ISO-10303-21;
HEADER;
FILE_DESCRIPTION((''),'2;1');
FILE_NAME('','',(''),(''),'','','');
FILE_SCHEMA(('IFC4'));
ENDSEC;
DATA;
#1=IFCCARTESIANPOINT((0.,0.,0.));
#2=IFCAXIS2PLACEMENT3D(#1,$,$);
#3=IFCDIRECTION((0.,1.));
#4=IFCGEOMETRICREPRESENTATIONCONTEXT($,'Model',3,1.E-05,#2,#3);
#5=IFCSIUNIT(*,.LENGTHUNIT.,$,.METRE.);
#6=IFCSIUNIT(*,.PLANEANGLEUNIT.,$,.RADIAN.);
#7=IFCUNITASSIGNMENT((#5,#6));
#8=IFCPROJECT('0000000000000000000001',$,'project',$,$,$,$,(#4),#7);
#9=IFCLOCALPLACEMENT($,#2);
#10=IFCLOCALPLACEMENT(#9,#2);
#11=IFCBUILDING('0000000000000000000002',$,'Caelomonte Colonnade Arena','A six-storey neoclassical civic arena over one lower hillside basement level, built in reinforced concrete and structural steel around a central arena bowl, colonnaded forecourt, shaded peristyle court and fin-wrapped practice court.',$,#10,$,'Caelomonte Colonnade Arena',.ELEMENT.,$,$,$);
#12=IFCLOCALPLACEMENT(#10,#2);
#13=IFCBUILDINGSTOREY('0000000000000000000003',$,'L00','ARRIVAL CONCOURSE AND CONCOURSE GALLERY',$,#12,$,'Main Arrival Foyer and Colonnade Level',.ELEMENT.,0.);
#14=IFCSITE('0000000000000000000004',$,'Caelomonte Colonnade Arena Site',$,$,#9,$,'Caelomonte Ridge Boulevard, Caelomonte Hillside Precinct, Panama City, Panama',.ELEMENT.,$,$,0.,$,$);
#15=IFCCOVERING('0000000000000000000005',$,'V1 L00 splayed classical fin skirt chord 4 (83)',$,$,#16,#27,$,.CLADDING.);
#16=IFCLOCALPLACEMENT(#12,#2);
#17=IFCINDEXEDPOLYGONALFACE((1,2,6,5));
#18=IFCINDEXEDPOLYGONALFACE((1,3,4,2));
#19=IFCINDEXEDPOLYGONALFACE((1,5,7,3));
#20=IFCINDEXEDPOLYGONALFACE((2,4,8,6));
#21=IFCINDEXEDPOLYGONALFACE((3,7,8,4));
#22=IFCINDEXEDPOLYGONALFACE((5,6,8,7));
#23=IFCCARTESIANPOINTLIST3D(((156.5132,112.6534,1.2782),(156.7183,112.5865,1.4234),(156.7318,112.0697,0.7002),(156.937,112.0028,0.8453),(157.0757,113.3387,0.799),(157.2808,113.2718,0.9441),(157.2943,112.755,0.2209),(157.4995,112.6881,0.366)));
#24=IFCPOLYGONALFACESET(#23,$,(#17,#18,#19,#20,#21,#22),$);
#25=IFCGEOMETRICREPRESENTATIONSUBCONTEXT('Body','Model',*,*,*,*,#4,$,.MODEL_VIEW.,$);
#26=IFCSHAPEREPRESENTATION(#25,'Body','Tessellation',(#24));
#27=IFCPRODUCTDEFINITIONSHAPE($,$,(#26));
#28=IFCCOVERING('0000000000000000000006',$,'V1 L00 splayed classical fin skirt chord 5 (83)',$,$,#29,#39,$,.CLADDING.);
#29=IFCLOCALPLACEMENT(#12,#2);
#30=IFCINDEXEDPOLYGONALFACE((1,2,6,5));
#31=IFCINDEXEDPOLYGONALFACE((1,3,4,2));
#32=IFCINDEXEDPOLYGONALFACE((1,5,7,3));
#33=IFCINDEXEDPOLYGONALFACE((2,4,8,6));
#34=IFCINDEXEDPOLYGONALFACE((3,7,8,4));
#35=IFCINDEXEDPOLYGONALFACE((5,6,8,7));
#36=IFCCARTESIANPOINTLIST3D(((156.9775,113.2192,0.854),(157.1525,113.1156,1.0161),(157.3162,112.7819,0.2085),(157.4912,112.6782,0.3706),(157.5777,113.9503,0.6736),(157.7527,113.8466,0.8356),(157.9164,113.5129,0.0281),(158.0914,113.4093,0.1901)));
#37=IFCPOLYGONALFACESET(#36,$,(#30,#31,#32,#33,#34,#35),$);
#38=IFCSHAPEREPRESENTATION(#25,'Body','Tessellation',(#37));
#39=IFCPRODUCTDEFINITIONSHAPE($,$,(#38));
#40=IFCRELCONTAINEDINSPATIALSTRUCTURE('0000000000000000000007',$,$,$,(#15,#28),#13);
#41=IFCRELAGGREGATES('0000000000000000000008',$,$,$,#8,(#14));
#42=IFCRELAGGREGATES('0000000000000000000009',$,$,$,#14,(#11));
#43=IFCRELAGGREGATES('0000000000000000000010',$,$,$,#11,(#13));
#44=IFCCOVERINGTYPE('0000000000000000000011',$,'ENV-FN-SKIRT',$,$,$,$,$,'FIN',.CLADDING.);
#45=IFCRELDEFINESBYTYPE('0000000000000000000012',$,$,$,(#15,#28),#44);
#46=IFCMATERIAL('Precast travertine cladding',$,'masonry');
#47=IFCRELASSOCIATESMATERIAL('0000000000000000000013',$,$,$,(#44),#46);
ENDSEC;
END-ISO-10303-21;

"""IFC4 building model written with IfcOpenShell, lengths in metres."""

from ifc_helpers import new_model, si_unit, direction, frame, origin, origin_2d, place, context, subcontext, project, spatial, rectangle, extrude, material, material_profile, profile_set, type_object, element, save


model = new_model("IFC4")

# Units and contexts
model_context = context("Model", 3, precision=1e-05, world=origin(), true_north=direction((0.0, 1.0)))
body_context = subcontext(model_context, "Body", "Model", "MODEL_VIEW")
ifc_project = project(units=[si_unit("LENGTHUNIT", "METRE"), si_unit("PLANEANGLEUNIT", "RADIAN")], contexts=[model_context])

# Site, building, storey
site_placement = place(None, origin())
site = spatial("IfcSite", under=ifc_project, at=site_placement, Name="Caelomonte Colonnade Arena Site", LongName="Caelomonte Ridge Boulevard, Caelomonte Hillside Precinct, Panama City, Panama", CompositionType="ELEMENT", RefElevation=0.0)
building_placement = place(site_placement, origin())
building = spatial("IfcBuilding", under=site, at=building_placement, Name="Caelomonte Colonnade Arena", Description="A six-storey neoclassical civic arena over one lower hillside basement level, built in reinforced concrete and structural steel around a central arena bowl, colonnaded forecourt, shaded peristyle court and fin-wrapped practice court.", LongName="Caelomonte Colonnade Arena", CompositionType="ELEMENT")
storey_placement = place(building_placement, origin())
storey = spatial("IfcBuildingStorey", under=building, at=storey_placement, Name="L00", Description="ARRIVAL CONCOURSE AND CONCOURSE GALLERY", LongName="Main Arrival Foyer and Colonnade Level", CompositionType="ELEMENT", Elevation=0.0)

# Coverings
ifc_material_1 = material(Name="Precast travertine cladding", Category="masonry")
ifc_material_profile_1 = material_profile(ifc_material_1, rectangle(XDim=0.26, YDim=0.8501, at=origin_2d()), Name="FIN260X850")
ifc_profile_set_1 = profile_set([ifc_material_profile_1], Name="Precast travertine cladding")
covering_type = type_object("IfcCoveringType", Name="ENV-FN-SKIRT", ElementType="FIN", PredefinedType="CLADDING", material=ifc_profile_set_1)
covering_1_placement = place(storey_placement, frame((156.7251, 112.3281, 1.0618), z_axis=(0.558129, 0.679977, -0.475524), x_axis=(-0.788896, 0.257241, -0.558095)))
element("IfcCovering", 1, at=covering_1_placement, inside=storey, type_object=covering_type, Name="V1 L00 splayed classical fin skirt chord 4 (83)", PredefinedType="CLADDING", context=body_context, shape_type="SweptSolid", body=[
    extrude(rectangle(XDim=0.26, YDim=0.8501, at=origin_2d()), origin(), (0.0, 0.0, 1.0), 1.0078),
])
covering_2_placement = place(storey_placement, frame((157.2344, 112.9487, 0.6123), z_axis=(0.62329, 0.759206, -0.187393), x_axis=(-0.672881, 0.398602, -0.623175)))
element("IfcCovering", 2, at=covering_2_placement, inside=storey, type_object=covering_type, Name="V1 L00 splayed classical fin skirt chord 5 (83)", PredefinedType="CLADDING", context=body_context, shape_type="SweptSolid", body=[
    extrude(rectangle(XDim=0.26, YDim=0.8501, at=origin_2d()), origin(), (0.0, 0.0, 1.0), 0.9629),
])

save(model, "model.ifc")
